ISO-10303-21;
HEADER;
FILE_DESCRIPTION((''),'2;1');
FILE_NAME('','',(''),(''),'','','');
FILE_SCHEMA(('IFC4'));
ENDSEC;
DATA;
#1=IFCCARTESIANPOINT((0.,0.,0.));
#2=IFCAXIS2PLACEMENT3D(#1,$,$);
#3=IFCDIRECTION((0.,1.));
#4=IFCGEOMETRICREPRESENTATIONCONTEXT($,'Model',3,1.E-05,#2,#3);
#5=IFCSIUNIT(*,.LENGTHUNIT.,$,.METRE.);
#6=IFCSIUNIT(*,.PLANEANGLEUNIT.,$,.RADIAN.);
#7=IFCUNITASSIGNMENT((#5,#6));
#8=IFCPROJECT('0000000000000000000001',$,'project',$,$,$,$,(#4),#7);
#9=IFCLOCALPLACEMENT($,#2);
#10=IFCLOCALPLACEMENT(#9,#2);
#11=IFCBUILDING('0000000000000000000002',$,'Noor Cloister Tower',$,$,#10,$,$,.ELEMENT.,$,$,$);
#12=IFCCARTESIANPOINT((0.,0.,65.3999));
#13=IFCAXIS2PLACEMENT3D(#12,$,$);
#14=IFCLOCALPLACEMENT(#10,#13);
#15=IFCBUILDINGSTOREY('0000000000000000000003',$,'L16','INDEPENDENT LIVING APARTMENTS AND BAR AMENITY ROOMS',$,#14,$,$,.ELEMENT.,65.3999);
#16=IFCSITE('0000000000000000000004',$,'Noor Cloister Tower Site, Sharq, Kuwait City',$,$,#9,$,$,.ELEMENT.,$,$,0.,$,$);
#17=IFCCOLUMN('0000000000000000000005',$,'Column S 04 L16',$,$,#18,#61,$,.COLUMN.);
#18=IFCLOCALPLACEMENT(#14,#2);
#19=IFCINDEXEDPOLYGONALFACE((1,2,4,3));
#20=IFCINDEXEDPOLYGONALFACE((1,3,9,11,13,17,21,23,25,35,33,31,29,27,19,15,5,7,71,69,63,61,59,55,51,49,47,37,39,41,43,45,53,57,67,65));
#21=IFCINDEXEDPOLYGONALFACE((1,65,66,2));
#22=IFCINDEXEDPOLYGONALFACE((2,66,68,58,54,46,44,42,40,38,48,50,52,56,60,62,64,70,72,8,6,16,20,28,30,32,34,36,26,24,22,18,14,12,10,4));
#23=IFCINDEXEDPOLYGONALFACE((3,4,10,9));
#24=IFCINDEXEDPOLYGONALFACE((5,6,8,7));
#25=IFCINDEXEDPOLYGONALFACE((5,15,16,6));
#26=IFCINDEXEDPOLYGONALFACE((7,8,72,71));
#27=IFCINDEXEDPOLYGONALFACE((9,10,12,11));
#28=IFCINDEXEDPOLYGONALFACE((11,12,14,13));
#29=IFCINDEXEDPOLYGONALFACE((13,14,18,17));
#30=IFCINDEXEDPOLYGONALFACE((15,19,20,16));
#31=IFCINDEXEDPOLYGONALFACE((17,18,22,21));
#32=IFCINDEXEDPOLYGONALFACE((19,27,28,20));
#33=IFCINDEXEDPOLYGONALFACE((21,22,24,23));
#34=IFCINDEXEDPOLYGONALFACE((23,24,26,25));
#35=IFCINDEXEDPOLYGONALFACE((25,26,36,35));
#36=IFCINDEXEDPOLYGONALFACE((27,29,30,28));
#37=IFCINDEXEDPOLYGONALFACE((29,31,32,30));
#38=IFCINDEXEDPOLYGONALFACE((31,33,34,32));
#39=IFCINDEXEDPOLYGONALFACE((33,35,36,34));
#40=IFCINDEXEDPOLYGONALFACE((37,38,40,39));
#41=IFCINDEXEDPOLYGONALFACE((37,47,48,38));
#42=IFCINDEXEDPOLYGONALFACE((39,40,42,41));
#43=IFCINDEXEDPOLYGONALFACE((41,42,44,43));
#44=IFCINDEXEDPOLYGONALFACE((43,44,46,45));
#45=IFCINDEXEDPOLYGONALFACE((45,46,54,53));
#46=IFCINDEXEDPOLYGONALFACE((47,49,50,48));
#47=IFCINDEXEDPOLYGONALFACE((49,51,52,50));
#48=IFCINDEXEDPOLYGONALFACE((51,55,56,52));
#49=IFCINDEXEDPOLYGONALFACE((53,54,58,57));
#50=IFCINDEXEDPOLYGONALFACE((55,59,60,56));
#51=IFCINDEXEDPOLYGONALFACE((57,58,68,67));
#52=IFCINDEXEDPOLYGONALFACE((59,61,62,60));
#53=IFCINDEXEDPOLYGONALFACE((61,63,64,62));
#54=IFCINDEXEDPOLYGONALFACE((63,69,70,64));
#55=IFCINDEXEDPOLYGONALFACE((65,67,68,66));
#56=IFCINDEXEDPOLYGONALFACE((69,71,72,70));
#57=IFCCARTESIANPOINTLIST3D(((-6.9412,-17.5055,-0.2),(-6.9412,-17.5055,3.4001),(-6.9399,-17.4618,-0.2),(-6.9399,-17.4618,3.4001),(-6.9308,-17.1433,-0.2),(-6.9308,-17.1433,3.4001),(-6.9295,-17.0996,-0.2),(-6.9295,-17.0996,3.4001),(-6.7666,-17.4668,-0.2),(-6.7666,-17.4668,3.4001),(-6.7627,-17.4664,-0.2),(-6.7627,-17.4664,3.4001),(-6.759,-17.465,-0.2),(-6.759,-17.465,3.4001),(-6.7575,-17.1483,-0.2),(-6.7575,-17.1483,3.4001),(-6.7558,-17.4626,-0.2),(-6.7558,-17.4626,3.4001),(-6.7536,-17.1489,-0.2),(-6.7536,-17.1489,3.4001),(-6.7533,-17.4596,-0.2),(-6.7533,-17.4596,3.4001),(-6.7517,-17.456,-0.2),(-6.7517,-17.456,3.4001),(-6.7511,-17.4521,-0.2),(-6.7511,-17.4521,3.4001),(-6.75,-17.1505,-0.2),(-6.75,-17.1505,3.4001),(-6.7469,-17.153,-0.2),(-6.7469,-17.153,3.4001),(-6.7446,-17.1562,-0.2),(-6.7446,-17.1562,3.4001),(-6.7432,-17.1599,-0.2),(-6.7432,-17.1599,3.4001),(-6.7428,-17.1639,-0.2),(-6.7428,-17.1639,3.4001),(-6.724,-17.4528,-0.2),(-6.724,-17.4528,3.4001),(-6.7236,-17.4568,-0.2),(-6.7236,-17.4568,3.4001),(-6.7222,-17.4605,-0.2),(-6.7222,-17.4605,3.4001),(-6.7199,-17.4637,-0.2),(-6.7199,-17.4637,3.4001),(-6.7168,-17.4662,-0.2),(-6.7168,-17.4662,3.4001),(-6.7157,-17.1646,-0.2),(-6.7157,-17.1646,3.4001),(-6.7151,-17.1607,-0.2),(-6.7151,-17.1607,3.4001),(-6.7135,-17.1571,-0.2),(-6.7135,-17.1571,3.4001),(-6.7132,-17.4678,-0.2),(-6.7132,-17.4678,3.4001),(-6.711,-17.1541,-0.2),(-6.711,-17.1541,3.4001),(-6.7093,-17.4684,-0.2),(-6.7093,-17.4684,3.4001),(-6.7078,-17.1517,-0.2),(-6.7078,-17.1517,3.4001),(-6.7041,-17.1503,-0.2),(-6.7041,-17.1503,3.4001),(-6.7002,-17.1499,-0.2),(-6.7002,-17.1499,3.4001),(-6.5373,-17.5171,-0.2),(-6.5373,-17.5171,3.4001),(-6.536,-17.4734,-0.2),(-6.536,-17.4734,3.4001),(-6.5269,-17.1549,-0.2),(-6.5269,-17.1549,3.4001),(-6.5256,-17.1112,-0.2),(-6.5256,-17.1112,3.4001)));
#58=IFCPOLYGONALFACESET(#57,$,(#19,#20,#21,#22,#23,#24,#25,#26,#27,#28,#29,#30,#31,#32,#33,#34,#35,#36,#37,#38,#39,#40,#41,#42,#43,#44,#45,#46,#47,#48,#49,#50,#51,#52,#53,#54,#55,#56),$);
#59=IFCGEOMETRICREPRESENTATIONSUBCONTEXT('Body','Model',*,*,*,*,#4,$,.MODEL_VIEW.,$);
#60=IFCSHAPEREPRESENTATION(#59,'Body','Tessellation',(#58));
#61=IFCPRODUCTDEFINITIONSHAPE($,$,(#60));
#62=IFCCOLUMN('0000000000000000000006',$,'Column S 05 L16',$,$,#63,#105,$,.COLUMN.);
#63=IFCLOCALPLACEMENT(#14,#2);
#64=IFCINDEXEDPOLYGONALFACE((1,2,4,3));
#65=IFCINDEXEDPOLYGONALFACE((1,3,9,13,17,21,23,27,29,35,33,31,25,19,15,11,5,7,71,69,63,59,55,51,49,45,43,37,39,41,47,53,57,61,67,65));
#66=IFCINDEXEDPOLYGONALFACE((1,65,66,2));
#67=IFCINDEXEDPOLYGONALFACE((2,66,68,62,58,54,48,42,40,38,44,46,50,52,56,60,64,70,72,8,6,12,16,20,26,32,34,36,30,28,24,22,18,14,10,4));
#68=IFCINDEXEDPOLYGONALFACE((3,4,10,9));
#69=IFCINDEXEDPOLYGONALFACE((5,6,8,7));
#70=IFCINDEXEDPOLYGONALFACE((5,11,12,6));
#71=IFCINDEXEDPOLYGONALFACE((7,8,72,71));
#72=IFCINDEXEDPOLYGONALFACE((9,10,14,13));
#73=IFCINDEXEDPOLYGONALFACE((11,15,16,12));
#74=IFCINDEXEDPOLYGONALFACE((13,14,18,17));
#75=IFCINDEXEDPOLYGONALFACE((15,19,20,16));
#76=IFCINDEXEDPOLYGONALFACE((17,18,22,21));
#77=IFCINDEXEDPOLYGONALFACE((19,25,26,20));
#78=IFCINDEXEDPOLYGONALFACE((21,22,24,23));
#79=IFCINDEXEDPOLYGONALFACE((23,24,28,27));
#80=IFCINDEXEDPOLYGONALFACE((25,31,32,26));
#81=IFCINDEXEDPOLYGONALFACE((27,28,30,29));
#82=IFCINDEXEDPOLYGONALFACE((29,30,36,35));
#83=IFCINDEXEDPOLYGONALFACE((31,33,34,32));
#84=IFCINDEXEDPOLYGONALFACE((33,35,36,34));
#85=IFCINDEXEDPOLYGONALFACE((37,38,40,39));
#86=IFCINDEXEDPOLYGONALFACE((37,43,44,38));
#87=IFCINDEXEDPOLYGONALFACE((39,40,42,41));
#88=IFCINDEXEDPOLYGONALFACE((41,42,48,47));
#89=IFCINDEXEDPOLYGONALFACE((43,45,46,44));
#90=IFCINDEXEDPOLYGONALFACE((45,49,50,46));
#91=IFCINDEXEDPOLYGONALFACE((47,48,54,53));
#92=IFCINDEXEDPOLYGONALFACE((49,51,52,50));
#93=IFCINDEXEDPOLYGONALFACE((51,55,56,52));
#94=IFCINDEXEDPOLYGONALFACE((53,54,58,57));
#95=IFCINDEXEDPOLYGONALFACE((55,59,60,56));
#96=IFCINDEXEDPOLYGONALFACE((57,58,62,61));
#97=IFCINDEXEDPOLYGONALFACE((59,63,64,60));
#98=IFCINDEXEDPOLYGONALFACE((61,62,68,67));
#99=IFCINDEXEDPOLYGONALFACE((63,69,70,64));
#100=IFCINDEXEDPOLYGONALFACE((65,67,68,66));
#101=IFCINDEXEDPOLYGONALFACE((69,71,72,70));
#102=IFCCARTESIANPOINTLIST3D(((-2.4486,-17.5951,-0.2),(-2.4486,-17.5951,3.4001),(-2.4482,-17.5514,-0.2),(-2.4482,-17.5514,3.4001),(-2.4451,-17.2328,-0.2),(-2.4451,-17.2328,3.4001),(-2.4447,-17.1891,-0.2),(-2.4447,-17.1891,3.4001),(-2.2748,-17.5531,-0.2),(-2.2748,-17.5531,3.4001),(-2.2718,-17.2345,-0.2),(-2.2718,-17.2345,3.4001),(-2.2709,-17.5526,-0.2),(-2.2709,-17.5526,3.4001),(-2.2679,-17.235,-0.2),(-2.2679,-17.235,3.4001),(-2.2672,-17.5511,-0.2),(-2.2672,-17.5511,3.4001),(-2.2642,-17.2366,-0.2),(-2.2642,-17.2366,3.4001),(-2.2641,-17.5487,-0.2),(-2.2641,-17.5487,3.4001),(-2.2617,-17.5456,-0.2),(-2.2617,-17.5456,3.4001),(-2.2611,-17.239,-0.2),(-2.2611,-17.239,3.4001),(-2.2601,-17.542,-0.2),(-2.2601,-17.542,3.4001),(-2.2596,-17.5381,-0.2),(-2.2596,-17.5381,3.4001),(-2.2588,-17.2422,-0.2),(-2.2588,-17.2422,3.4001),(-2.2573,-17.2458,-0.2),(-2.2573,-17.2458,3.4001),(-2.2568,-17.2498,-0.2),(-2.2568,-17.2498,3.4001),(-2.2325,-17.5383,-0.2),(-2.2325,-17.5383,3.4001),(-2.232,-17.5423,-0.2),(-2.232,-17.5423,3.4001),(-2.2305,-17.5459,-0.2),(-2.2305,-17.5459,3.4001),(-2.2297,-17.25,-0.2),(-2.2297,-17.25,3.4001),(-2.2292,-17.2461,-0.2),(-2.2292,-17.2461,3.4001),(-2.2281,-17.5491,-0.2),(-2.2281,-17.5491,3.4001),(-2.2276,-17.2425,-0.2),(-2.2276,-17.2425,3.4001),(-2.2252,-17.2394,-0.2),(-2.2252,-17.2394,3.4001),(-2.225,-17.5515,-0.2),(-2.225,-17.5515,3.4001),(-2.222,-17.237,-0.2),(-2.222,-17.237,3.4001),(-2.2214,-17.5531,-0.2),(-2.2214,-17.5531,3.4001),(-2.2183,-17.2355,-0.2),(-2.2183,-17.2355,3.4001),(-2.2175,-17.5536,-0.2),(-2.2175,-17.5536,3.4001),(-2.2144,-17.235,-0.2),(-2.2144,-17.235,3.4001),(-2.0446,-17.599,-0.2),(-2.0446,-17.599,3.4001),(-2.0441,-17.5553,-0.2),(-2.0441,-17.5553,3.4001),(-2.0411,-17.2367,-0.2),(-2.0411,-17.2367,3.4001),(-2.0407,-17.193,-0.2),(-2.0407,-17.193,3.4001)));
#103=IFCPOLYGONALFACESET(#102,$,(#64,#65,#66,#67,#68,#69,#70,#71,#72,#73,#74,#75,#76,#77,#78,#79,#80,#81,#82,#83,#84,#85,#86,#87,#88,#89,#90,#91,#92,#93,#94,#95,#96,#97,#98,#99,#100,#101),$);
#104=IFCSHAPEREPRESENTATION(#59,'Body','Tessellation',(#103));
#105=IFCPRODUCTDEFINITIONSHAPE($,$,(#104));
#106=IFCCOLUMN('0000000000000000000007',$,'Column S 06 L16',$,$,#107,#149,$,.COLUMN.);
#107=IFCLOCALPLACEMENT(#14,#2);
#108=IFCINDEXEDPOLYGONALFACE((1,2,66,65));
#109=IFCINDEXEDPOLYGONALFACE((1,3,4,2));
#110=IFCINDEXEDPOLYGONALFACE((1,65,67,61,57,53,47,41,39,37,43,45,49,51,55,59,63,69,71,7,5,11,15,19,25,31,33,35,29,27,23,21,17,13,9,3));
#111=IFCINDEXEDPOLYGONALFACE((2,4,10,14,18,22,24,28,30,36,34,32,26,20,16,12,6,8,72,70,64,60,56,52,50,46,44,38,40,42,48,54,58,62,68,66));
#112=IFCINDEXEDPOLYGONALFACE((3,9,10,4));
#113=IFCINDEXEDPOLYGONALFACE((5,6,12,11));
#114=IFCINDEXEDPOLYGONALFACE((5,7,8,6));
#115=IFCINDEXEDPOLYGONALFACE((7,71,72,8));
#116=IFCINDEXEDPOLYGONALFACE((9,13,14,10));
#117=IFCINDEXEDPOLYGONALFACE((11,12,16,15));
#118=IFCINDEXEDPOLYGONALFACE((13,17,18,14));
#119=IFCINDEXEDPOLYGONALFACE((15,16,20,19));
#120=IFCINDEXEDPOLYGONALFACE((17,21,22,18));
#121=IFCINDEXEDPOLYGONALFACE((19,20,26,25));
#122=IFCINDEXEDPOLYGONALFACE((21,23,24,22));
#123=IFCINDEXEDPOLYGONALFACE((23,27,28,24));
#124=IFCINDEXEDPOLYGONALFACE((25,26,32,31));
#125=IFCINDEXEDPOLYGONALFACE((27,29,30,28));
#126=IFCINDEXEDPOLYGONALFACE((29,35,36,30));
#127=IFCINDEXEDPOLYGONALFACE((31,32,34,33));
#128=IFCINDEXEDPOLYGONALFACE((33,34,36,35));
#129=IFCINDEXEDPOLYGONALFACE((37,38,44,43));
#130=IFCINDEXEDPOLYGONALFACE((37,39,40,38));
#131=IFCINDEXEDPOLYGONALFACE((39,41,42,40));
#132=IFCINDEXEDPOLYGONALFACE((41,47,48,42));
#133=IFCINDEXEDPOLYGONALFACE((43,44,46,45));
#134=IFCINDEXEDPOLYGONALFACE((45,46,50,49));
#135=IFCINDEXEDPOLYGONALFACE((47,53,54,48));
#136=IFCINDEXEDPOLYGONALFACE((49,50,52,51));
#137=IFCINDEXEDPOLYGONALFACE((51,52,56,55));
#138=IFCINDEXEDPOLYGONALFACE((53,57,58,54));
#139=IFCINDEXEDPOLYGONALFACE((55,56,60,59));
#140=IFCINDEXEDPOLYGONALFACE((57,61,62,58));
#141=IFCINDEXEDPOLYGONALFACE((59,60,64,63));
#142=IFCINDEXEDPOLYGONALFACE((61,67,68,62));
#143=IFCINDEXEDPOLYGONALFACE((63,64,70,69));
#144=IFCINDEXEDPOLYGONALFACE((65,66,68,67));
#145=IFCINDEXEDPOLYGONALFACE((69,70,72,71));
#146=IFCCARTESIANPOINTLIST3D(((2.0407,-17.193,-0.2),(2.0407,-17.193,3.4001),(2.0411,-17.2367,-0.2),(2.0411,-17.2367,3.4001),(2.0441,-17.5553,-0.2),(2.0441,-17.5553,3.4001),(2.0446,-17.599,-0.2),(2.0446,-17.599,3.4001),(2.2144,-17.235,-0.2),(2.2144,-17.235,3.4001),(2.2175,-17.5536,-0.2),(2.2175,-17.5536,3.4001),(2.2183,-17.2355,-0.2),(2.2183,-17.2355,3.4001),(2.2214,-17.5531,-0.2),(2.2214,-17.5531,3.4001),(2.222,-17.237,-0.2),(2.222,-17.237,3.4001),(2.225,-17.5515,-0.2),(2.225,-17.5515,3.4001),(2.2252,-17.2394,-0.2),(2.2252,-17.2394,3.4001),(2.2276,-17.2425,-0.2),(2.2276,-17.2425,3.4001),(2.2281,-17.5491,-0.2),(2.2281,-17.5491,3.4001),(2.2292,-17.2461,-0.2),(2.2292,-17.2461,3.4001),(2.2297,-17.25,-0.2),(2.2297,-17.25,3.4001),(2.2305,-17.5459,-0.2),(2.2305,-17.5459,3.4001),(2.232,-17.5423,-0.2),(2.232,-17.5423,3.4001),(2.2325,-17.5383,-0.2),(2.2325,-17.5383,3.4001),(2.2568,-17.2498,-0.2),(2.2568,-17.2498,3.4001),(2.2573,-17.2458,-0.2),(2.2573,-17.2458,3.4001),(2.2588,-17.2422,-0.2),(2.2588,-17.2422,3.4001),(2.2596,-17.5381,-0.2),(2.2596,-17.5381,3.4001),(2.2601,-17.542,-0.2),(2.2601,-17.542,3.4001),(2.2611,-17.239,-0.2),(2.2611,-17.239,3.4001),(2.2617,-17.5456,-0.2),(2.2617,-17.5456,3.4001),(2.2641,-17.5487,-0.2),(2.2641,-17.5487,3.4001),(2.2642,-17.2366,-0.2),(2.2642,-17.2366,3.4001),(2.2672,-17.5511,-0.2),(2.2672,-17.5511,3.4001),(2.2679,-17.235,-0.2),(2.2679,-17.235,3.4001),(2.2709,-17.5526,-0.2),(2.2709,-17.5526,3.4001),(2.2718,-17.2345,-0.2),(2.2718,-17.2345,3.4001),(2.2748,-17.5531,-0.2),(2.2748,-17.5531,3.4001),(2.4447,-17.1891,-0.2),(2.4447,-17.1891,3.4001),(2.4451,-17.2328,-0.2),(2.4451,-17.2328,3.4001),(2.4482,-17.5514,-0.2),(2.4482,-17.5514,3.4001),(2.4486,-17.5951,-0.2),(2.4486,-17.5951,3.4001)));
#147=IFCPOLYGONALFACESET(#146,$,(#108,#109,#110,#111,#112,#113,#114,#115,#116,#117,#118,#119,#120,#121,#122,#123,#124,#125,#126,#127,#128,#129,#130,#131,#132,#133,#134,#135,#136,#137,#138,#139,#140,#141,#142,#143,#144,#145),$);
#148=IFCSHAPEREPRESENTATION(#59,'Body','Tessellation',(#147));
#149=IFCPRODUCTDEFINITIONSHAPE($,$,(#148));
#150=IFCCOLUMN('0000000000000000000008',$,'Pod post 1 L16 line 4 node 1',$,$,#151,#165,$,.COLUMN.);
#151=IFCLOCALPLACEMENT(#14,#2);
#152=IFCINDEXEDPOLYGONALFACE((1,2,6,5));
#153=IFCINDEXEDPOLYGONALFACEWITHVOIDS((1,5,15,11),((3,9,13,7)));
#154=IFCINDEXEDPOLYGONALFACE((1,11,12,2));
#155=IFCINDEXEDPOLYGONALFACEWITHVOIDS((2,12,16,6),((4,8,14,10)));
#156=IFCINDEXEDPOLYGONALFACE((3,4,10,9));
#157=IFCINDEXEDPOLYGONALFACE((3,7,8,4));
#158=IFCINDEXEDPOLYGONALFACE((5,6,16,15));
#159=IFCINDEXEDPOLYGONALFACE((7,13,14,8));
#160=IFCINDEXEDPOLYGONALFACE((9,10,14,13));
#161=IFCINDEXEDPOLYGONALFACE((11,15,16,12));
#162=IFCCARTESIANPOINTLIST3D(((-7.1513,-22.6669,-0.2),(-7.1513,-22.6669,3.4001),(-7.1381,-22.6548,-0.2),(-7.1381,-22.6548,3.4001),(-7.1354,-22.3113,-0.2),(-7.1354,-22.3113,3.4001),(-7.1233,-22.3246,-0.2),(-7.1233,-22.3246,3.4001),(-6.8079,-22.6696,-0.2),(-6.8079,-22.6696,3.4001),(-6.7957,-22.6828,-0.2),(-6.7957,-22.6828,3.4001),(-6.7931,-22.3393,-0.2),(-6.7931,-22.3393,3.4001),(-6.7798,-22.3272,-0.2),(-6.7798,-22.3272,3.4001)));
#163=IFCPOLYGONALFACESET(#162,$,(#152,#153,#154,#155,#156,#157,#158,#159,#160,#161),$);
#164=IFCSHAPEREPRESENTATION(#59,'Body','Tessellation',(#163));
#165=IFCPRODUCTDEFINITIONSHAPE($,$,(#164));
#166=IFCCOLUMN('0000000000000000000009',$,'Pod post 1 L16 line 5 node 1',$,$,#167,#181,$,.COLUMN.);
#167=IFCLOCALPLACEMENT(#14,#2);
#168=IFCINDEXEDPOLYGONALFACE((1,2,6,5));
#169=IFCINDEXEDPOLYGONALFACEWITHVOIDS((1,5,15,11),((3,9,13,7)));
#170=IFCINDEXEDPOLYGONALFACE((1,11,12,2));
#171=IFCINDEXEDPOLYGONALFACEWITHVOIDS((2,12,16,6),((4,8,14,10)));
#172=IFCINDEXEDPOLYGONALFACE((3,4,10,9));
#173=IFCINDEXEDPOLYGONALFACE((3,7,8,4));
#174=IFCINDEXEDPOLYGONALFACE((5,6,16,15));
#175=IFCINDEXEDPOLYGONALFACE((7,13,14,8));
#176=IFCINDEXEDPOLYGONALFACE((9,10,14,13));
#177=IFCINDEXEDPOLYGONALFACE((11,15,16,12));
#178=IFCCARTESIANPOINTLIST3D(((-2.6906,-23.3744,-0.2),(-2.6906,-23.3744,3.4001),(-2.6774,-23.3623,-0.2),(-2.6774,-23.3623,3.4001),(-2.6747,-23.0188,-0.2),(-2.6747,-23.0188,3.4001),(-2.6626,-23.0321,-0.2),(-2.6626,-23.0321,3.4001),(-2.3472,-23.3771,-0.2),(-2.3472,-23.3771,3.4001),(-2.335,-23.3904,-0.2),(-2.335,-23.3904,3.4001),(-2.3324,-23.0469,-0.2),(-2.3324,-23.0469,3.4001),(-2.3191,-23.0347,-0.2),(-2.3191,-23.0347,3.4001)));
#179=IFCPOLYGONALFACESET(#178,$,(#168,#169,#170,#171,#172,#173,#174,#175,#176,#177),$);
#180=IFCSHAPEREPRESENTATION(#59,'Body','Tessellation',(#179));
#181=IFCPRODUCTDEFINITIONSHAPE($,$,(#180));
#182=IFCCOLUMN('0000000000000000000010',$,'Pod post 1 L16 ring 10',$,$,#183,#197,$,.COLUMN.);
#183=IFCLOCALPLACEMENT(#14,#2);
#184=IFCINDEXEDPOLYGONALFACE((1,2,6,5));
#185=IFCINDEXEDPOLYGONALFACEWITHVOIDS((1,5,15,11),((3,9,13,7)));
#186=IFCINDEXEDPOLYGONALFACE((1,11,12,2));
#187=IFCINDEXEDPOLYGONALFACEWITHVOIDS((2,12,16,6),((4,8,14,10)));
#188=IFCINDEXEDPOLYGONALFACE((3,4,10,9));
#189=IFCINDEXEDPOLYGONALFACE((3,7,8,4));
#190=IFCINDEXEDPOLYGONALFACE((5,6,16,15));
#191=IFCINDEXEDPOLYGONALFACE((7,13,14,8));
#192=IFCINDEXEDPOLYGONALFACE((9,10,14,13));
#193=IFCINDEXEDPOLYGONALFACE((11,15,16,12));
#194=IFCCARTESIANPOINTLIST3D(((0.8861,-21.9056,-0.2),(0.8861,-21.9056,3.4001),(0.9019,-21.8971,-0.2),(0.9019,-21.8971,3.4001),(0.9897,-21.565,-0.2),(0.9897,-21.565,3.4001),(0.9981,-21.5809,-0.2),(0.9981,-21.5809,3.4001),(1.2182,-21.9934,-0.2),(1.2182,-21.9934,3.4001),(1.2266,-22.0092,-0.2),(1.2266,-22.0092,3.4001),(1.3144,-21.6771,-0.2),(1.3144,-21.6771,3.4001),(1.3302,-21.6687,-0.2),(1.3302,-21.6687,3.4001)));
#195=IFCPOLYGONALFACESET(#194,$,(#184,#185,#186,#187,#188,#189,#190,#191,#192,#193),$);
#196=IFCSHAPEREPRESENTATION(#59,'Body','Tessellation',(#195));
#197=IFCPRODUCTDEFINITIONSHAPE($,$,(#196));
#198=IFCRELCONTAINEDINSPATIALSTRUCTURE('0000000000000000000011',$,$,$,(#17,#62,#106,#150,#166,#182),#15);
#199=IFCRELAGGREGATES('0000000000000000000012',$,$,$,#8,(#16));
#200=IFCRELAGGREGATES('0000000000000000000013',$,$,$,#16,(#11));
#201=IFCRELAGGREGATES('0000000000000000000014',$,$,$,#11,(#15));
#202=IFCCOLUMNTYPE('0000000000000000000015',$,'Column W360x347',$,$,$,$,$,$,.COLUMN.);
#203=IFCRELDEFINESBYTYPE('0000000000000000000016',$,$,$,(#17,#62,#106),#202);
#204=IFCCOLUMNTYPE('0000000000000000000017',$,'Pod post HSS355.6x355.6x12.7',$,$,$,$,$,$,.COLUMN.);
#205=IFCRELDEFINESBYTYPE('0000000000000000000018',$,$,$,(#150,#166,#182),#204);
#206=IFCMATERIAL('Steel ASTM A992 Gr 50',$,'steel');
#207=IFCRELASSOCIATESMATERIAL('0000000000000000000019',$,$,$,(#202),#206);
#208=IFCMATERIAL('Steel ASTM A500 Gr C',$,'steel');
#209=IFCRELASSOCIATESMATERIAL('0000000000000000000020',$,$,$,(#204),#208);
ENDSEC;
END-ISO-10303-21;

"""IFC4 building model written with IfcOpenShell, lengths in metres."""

from ifc_helpers import new_model, si_unit, direction, frame, origin, origin_2d, place, context, subcontext, project, spatial, hollow_rectangle, i_section, extrude, material, material_profile, profile_set, type_object, element, save


model = new_model("IFC4")

# Units and contexts
model_context = context("Model", 3, precision=1e-05, world=origin(), true_north=direction((0.0, 1.0)))
body_context = subcontext(model_context, "Body", "Model", "MODEL_VIEW")
ifc_project = project(units=[si_unit("LENGTHUNIT", "METRE"), si_unit("PLANEANGLEUNIT", "RADIAN")], contexts=[model_context])

# Site, building, storey
site_placement = place(None, origin())
site = spatial("IfcSite", under=ifc_project, at=site_placement, Name="Noor Cloister Tower Site, Sharq, Kuwait City", CompositionType="ELEMENT", RefElevation=0.0)
building_placement = place(site_placement, origin())
building = spatial("IfcBuilding", under=site, at=building_placement, Name="Noor Cloister Tower", CompositionType="ELEMENT")
storey_placement = place(building_placement, frame((0.0, 0.0, 65.3999)))
storey = spatial("IfcBuildingStorey", under=building, at=storey_placement, Name="L16", Description="INDEPENDENT LIVING APARTMENTS AND BAR AMENITY ROOMS", CompositionType="ELEMENT", Elevation=65.3999)

# Columns
ifc_material_1 = material(Name="Steel ASTM A992 Gr 50", Category="steel")
ifc_material_profile_1 = material_profile(ifc_material_1, i_section(OverallWidth=0.4041, OverallDepth=0.406, WebThickness=0.0271, FlangeThickness=0.0437, FilletRadius=0.0151, at=origin_2d()), Name="W360x347")
ifc_profile_set_1 = profile_set([ifc_material_profile_1], Name="Steel ASTM A992 Gr 50")
column_type_1 = type_object("IfcColumnType", Name="Column W360x347", PredefinedType="COLUMN", material=ifc_profile_set_1)
for number, where, z_axis, x_axis, name in (
    (1, (-6.7334, -17.3083, -0.2), (0.0, 0.0, 1.0), (0.99959, -0.028641, 0.0), "Column S 04 L16"),
    (2, (-2.2446, -17.394, -0.2), (0.0, 0.0, 1.0), (0.999954, -0.009548, 0.0), "Column S 05 L16"),
    (3, (2.2446, -17.394, -0.2), (0.0, 0.0, 1.0), (0.999954, 0.009548, 0.0), "Column S 06 L16"),
):
    element("IfcColumn", number, at=place(storey_placement, frame(where, z_axis=z_axis, x_axis=x_axis)), inside=storey, type_object=column_type_1, Name=name, PredefinedType="COLUMN", context=body_context, shape_type="SweptSolid", body=[
        extrude(i_section(OverallWidth=0.4041, OverallDepth=0.406, WebThickness=0.0271, FlangeThickness=0.0437, FilletRadius=0.0151, at=origin_2d()), origin(), (0.0, 0.0, 1.0), 3.6001),
    ])
ifc_material_2 = material(Name="Steel ASTM A500 Gr C", Category="steel")
ifc_material_profile_2 = material_profile(ifc_material_2, hollow_rectangle(XDim=0.356, YDim=0.356, WallThickness=0.0127, at=origin_2d()), Name="HSS355.6x355.6x12.7")
ifc_profile_set_2 = profile_set([ifc_material_profile_2], Name="Steel ASTM A500 Gr C")
column_type_2 = type_object("IfcColumnType", Name="Pod post HSS355.6x355.6x12.7", PredefinedType="COLUMN", material=ifc_profile_set_2)
for number, where, z_axis, x_axis, name in (
    (4, (-6.9656, -22.4971, -0.2), (0.0, 0.0, 1.0), (-0.044724, -0.998999, 0.0), "Pod post 1 L16 line 4 node 1"),
    (5, (-2.5049, -23.2046, -0.2), (0.0, 0.0, 1.0), (-0.044724, -0.998999, 0.0), "Pod post 1 L16 line 5 node 1"),
    (6, (1.1082, -21.7871, -0.2), (0.0, 0.0, 1.0), (0.29113, 0.956684, 0.0), "Pod post 1 L16 ring 10"),
):
    element("IfcColumn", number, at=place(storey_placement, frame(where, z_axis=z_axis, x_axis=x_axis)), inside=storey, type_object=column_type_2, Name=name, PredefinedType="COLUMN", context=body_context, shape_type="SweptSolid", body=[
        extrude(hollow_rectangle(XDim=0.356, YDim=0.356, WallThickness=0.0127, at=origin_2d()), origin(), (0.0, 0.0, 1.0), 3.6001),
    ])

save(model, "model.ifc")
